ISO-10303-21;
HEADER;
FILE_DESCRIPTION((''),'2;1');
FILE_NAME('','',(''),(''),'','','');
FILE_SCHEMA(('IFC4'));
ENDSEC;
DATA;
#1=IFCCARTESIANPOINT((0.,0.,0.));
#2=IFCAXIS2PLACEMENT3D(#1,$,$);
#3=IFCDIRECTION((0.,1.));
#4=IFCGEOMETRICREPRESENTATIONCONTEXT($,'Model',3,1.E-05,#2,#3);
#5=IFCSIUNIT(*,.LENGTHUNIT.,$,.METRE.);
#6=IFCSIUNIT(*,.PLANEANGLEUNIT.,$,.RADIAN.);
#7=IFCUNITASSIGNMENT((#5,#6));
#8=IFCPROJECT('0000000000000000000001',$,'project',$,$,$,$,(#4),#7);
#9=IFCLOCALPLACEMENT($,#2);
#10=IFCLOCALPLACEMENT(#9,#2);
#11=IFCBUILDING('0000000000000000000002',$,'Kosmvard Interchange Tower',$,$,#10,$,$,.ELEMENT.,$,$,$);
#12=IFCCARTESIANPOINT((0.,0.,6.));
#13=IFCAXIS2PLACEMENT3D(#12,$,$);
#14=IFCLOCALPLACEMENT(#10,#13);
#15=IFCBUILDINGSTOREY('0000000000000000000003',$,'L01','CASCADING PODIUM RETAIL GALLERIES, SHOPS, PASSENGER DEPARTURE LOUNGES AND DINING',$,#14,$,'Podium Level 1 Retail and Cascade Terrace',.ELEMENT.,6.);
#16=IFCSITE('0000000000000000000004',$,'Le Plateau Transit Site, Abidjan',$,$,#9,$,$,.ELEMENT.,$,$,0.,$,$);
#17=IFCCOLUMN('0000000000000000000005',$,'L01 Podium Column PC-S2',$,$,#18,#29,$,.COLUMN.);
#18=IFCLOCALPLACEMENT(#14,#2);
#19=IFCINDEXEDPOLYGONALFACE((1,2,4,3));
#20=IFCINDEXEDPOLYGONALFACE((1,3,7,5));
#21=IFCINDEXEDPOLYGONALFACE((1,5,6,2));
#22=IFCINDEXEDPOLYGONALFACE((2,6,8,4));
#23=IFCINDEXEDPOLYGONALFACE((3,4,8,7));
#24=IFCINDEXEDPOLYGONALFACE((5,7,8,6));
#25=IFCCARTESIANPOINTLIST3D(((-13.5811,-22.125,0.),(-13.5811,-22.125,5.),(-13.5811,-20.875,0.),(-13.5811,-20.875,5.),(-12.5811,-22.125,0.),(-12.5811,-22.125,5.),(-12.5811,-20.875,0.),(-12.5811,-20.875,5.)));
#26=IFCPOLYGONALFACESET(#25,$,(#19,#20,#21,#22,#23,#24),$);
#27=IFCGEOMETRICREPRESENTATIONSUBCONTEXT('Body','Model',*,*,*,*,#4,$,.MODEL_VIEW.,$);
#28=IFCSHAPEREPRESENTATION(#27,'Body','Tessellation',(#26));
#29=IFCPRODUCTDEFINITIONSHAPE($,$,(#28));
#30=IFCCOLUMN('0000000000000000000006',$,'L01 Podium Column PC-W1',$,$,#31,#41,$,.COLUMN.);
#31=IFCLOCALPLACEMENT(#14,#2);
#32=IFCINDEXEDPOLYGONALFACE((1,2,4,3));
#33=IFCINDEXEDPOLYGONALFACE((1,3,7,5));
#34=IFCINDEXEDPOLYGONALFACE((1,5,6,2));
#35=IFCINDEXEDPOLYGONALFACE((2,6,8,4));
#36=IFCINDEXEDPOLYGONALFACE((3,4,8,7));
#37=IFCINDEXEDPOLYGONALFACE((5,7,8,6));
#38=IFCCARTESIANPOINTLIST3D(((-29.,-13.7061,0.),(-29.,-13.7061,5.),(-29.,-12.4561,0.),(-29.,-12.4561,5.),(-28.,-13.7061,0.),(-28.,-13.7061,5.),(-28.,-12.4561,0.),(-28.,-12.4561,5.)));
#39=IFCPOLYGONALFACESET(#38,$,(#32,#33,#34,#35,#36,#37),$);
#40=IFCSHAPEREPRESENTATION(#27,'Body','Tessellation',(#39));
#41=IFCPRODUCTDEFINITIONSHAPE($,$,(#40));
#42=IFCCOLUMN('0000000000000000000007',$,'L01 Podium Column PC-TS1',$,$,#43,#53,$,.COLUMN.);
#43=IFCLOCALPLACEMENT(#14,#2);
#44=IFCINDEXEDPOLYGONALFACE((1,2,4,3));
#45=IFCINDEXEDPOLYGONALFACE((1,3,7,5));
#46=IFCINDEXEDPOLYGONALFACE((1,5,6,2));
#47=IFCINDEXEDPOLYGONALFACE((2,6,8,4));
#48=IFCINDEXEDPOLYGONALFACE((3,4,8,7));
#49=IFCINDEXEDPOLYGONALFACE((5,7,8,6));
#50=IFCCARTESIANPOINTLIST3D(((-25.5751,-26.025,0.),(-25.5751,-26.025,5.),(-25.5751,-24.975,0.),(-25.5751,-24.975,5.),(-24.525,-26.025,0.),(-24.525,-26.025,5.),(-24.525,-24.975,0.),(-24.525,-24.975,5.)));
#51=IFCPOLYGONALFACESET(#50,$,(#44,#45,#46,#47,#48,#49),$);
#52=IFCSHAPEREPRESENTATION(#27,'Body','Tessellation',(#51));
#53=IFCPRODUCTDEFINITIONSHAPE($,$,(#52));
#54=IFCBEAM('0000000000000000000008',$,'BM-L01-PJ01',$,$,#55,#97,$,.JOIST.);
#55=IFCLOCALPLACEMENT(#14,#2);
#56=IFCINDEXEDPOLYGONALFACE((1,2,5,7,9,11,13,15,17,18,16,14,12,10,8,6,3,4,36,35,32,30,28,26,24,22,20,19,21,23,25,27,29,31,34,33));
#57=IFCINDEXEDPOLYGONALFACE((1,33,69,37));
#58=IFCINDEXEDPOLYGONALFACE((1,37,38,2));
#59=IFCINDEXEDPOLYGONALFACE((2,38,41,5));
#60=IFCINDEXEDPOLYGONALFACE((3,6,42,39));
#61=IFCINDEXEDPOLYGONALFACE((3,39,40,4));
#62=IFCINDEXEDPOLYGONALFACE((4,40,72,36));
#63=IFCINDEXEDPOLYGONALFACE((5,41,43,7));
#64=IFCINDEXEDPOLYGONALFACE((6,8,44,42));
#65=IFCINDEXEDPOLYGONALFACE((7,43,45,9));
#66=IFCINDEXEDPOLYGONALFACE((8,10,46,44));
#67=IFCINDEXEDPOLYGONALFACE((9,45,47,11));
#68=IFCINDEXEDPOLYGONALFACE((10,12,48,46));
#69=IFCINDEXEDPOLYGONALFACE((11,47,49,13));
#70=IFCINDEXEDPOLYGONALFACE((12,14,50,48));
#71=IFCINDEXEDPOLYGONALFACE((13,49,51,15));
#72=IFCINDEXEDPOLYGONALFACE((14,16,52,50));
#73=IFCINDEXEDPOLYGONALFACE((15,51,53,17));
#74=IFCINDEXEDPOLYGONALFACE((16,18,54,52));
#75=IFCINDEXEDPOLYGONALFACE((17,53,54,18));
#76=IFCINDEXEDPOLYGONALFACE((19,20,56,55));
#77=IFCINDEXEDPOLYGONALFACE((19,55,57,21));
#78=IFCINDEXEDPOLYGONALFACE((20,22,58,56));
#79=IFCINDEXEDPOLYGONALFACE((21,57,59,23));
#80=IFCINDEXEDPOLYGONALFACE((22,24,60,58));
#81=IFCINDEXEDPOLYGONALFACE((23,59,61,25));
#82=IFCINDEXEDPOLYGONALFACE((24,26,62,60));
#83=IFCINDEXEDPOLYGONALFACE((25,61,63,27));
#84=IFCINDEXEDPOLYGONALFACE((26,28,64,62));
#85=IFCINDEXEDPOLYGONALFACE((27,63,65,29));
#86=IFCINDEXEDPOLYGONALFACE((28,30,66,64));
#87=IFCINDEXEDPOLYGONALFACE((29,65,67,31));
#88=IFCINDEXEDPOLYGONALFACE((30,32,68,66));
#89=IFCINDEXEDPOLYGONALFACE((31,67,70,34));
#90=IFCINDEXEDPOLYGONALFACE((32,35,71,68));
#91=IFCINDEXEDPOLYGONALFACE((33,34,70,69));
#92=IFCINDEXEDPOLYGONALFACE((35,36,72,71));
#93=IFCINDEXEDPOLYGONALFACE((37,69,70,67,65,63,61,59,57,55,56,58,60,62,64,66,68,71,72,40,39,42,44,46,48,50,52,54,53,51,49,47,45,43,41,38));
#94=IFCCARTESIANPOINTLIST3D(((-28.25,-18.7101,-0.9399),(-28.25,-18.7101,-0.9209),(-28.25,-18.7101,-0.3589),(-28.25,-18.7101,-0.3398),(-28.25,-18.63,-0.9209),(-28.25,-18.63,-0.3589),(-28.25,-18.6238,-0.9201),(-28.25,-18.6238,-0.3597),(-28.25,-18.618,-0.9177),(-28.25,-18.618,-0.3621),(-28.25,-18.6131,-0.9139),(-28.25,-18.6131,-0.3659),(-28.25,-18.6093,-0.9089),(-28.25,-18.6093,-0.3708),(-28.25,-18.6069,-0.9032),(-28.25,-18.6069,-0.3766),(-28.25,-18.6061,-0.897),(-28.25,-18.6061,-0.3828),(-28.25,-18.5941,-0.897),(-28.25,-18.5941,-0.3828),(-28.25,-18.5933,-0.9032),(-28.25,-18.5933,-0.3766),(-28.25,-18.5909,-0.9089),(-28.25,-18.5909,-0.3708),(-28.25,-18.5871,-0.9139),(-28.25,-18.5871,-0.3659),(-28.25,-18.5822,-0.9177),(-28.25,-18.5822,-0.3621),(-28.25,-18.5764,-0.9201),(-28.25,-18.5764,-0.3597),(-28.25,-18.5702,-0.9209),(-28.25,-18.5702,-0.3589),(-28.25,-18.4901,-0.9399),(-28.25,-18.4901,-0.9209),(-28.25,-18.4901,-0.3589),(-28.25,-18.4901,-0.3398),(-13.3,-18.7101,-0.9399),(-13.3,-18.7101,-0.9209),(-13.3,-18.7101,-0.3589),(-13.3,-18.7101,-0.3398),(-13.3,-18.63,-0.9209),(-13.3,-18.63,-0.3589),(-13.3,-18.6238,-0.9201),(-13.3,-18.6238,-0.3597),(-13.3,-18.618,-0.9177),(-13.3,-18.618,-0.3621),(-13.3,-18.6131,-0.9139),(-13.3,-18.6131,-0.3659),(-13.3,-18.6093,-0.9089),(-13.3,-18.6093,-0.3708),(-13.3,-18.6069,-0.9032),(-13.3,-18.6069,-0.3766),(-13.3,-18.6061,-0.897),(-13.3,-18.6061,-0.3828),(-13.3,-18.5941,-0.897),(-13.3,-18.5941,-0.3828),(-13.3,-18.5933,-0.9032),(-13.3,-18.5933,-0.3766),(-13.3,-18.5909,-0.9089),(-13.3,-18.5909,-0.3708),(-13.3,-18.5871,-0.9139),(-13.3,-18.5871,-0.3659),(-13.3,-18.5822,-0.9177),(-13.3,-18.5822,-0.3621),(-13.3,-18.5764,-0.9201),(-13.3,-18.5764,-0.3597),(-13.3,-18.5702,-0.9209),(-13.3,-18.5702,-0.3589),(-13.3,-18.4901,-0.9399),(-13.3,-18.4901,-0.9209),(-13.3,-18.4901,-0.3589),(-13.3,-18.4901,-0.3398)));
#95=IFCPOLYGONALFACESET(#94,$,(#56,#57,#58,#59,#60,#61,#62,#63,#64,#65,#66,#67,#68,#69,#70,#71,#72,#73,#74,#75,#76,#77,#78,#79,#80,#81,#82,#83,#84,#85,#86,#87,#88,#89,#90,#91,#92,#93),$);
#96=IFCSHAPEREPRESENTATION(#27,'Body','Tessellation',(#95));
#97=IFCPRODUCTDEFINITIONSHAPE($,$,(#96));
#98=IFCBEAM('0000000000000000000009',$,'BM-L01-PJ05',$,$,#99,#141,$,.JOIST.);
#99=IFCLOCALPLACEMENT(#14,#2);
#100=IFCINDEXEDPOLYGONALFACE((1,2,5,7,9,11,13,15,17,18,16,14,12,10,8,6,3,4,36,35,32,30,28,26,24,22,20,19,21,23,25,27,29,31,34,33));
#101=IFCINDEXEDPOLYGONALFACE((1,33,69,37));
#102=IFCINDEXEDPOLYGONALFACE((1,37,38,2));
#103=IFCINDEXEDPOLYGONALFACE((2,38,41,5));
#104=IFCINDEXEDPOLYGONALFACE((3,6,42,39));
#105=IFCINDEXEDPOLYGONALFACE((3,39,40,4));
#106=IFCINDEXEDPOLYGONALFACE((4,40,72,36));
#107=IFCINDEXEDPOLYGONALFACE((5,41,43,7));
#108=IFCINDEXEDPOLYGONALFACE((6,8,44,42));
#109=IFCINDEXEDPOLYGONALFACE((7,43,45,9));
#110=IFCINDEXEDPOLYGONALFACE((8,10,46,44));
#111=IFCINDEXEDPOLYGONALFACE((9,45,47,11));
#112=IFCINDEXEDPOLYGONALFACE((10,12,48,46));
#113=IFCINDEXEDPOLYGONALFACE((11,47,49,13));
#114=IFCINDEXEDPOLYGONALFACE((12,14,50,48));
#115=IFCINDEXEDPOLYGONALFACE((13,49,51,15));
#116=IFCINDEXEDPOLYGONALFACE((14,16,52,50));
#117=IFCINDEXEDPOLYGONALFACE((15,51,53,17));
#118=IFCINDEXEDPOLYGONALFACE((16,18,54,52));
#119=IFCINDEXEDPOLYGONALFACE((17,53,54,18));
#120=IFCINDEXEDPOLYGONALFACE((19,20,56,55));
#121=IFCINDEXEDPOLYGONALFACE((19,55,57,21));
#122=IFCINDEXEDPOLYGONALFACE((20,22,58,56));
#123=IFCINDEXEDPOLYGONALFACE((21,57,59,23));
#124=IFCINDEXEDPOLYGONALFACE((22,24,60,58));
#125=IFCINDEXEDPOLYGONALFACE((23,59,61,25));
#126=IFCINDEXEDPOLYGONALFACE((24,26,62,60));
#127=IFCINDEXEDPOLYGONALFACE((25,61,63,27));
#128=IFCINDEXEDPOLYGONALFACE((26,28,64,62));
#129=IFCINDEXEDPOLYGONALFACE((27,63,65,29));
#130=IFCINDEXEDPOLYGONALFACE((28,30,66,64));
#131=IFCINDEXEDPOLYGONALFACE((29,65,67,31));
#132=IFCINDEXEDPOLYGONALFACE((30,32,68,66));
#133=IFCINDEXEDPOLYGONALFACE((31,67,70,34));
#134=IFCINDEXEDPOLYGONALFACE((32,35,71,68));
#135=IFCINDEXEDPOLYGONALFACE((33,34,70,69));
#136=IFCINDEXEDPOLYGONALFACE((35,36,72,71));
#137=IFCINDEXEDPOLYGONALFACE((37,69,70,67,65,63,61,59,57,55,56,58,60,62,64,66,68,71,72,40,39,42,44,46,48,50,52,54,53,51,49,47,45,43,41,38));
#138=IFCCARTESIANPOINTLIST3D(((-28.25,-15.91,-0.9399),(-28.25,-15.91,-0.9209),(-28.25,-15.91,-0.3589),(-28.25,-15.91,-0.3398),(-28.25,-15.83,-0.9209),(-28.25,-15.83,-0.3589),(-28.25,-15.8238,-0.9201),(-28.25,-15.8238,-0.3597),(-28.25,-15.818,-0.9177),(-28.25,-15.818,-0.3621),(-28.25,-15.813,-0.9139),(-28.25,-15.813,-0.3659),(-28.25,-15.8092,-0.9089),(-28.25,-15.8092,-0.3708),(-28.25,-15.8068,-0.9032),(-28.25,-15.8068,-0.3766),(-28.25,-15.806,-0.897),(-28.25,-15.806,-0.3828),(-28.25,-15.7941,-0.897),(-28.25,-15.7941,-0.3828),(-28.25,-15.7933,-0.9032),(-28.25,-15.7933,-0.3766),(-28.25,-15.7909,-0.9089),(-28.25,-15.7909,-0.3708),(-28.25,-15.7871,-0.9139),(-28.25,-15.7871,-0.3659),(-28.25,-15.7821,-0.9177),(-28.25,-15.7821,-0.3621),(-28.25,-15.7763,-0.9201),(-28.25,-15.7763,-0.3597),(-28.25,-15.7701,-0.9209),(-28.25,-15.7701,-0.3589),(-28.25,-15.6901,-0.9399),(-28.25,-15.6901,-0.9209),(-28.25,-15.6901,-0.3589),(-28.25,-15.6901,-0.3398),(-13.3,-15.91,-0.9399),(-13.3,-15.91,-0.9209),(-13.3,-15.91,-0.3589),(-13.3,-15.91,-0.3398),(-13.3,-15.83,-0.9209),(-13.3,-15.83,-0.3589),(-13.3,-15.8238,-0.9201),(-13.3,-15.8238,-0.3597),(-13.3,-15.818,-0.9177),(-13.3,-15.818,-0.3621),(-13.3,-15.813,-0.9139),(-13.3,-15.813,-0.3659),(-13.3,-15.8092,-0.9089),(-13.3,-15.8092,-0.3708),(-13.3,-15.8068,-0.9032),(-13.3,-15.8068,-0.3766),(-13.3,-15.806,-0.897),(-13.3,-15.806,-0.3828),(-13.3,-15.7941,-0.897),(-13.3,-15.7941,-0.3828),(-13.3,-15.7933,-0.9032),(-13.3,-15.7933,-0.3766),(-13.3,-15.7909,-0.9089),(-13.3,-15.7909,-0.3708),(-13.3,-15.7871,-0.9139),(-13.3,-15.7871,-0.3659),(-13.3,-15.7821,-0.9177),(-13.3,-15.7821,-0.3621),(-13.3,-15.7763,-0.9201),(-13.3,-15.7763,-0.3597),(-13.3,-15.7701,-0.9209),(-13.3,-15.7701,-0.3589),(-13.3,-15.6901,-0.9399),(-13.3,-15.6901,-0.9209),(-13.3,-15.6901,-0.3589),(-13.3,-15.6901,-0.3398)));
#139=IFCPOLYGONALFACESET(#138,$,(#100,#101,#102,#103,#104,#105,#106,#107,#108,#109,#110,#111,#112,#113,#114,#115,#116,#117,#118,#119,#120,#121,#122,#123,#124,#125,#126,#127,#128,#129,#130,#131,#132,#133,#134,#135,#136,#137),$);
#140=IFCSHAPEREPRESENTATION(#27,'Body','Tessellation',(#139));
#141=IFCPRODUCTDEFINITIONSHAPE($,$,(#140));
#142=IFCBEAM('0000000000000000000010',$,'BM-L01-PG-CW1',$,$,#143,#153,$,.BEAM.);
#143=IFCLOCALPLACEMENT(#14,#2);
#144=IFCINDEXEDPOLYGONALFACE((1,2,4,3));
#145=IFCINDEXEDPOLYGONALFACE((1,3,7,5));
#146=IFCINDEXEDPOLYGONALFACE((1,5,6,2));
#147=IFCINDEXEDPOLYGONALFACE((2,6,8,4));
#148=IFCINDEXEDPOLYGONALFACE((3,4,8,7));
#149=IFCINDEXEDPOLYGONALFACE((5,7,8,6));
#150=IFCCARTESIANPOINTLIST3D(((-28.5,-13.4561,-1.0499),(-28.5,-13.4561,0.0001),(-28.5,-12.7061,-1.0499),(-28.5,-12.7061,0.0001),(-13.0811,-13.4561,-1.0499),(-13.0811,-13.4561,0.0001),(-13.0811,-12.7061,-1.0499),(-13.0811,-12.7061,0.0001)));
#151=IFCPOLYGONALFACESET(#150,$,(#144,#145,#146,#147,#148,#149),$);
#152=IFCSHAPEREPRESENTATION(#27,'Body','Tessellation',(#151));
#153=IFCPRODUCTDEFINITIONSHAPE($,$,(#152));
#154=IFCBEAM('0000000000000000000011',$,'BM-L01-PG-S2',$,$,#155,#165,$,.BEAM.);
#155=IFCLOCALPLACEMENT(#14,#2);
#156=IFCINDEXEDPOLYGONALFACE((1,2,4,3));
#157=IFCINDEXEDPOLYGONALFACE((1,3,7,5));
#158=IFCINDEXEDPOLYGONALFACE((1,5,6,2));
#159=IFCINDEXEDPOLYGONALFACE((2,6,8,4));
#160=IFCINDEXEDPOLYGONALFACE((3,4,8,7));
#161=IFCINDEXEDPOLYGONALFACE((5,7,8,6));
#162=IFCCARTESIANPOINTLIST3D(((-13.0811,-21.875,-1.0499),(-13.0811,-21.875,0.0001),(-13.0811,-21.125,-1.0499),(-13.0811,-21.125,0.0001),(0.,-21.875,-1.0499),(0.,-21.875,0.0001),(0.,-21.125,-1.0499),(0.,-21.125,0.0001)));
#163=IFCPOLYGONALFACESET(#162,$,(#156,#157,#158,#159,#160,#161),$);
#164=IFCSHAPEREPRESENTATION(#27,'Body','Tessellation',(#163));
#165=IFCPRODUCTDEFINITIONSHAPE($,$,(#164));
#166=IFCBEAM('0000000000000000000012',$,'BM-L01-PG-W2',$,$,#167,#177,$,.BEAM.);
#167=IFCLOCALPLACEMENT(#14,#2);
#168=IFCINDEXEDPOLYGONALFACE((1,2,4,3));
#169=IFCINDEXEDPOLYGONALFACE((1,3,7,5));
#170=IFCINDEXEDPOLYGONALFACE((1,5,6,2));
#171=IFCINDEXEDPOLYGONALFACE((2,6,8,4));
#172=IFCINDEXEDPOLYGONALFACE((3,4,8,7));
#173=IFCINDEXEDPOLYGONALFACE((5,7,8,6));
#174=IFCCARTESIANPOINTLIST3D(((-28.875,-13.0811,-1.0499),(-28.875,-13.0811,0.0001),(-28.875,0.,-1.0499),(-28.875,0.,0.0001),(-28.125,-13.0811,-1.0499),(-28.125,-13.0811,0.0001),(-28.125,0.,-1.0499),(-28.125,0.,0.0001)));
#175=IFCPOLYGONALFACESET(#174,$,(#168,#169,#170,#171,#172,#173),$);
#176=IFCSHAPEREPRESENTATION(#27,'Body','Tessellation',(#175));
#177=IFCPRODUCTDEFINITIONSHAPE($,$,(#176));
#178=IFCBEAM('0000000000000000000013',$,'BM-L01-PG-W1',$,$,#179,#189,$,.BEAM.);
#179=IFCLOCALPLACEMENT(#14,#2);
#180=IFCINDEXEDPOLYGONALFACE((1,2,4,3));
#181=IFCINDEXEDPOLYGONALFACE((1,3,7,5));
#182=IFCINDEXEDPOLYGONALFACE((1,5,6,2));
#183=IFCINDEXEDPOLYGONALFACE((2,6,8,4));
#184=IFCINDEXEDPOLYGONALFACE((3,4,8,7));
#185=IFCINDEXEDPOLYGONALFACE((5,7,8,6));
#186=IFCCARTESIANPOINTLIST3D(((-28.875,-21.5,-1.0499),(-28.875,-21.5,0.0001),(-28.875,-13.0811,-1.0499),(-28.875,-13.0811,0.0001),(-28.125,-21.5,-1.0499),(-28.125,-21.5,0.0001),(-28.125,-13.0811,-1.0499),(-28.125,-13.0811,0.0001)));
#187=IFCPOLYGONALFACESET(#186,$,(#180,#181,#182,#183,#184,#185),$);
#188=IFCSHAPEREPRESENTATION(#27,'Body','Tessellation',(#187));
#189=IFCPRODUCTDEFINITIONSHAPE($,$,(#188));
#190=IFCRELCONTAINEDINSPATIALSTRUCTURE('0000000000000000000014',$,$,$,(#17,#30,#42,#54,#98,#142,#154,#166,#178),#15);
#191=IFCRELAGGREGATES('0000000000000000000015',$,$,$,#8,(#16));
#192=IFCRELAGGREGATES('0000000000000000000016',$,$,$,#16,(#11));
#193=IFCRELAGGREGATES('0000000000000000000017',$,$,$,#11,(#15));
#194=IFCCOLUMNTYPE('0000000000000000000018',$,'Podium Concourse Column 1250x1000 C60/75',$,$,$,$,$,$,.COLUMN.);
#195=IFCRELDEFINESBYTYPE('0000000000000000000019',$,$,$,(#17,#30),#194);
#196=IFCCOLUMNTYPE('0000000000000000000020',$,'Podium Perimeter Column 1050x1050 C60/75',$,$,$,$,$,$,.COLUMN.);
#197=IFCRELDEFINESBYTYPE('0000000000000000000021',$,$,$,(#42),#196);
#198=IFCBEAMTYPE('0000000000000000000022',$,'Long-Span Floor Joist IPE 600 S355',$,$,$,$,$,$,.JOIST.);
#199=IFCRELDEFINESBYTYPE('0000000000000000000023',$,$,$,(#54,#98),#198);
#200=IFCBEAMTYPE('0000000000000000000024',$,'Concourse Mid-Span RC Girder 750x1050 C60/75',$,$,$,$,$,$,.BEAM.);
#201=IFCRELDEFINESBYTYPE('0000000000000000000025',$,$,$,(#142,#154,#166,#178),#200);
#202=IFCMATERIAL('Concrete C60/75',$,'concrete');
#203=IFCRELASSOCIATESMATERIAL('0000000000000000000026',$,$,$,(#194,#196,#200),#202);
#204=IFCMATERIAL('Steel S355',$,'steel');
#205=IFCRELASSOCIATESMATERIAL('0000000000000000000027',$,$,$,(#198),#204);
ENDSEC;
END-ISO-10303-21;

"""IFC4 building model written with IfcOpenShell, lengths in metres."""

from ifc_helpers import new_model, si_unit, direction, frame, origin, origin_2d, place, context, subcontext, project, spatial, rectangle, i_section, extrude, source, transform, mapped, material, material_profile, profile_set, type_object, element, save


model = new_model("IFC4")

# Units and contexts
model_context = context("Model", 3, precision=1e-05, world=origin(), true_north=direction((0.0, 1.0)))
body_context = subcontext(model_context, "Body", "Model", "MODEL_VIEW")
ifc_project = project(units=[si_unit("LENGTHUNIT", "METRE"), si_unit("PLANEANGLEUNIT", "RADIAN")], contexts=[model_context])

# Site, building, storey
site_placement = place(None, origin())
site = spatial("IfcSite", under=ifc_project, at=site_placement, Name="Le Plateau Transit Site, Abidjan", CompositionType="ELEMENT", RefElevation=0.0)
building_placement = place(site_placement, origin())
building = spatial("IfcBuilding", under=site, at=building_placement, Name="Kosmvard Interchange Tower", CompositionType="ELEMENT")
storey_placement = place(building_placement, frame((0.0, 0.0, 6.0)))
storey = spatial("IfcBuildingStorey", under=building, at=storey_placement, Name="L01", Description="CASCADING PODIUM RETAIL GALLERIES, SHOPS, PASSENGER DEPARTURE LOUNGES AND DINING", LongName="Podium Level 1 Retail and Cascade Terrace", CompositionType="ELEMENT", Elevation=6.0)

# Columns
ifc_material_1 = material(Name="Concrete C60/75", Category="concrete")
ifc_material_profile_1 = material_profile(ifc_material_1, rectangle(XDim=1.0, YDim=1.25, at=origin_2d()), Name="PC 1250x1000")
ifc_profile_set_1 = profile_set([ifc_material_profile_1], Name="Concrete C60/75")
column_type_1 = type_object("IfcColumnType", Name="Podium Concourse Column 1250x1000 C60/75", PredefinedType="COLUMN", material=ifc_profile_set_1)
shared_shape_1 = source(origin(), body_context, "Body", "SweptSolid", [
    extrude(rectangle(XDim=1.0, YDim=1.25, at=origin_2d()), origin(), (0.0, 0.0, 1.0), 5.0),
])
for number, where, z_axis, x_axis, name in (
    (1, (-13.0811, -21.5, 0.0), (0.0, 0.0, 1.0), (1.0, 0.0, 0.0), "L01 Podium Column PC-S2"),
    (2, (-28.5, -13.0811, 0.0), (0.0, 0.0, 1.0), (1.0, 0.0, 0.0), "L01 Podium Column PC-W1"),
):
    element("IfcColumn", number, at=place(storey_placement, frame(where, z_axis=z_axis, x_axis=x_axis)), inside=storey, type_object=column_type_1, Name=name, PredefinedType="COLUMN", context=body_context, shape_type="MappedRepresentation", body=[
        mapped(shared_shape_1, transform((0.0, 0.0, 0.0), scale=1.0)),
    ])
ifc_material_profile_2 = material_profile(ifc_material_1, rectangle(XDim=1.05, YDim=1.05, at=origin_2d()), Name="PC 1050x1050")
ifc_profile_set_2 = profile_set([ifc_material_profile_2], Name="Concrete C60/75")
column_type_2 = type_object("IfcColumnType", Name="Podium Perimeter Column 1050x1050 C60/75", PredefinedType="COLUMN", material=ifc_profile_set_2)
shared_shape_2 = source(origin(), body_context, "Body", "SweptSolid", [
    extrude(rectangle(XDim=1.05, YDim=1.05, at=origin_2d()), origin(), (0.0, 0.0, 1.0), 5.0),
])
column_placement = place(storey_placement, frame((-25.05, -25.5, 0.0), z_axis=(0.0, 0.0, 1.0), x_axis=(1.0, 0.0, 0.0)))
element("IfcColumn", 3, at=column_placement, inside=storey, type_object=column_type_2, Name="L01 Podium Column PC-TS1", PredefinedType="COLUMN", context=body_context, shape_type="MappedRepresentation", body=[
    mapped(shared_shape_2, transform((0.0, 0.0, 0.0), scale=1.0)),
])

# Beams
ifc_material_2 = material(Name="Steel S355", Category="steel")
ifc_material_profile_3 = material_profile(ifc_material_2, i_section(OverallWidth=0.22, OverallDepth=0.6001, WebThickness=0.012, FlangeThickness=0.019, FilletRadius=0.0239, at=origin_2d()), Name="IPE 600")
ifc_profile_set_3 = profile_set([ifc_material_profile_3], Name="Steel S355")
beam_type_1 = type_object("IfcBeamType", Name="Long-Span Floor Joist IPE 600 S355", PredefinedType="JOIST", material=ifc_profile_set_3)
shared_shape_3 = source(origin(), body_context, "Body", "SweptSolid", [
    extrude(i_section(OverallWidth=0.22, OverallDepth=0.6001, WebThickness=0.012, FlangeThickness=0.019, FilletRadius=0.0239, at=origin_2d()), origin(), (0.0, 0.0, 1.0), 14.95),
])
for number, where, z_axis, x_axis, name in (
    (4, (-28.25, -18.6001, -0.6399), (1.0, 0.0, 0.0), (0.0, 1.0, 0.0), "BM-L01-PJ01"),
    (5, (-28.25, -15.8, -0.6399), (1.0, 0.0, 0.0), (0.0, 1.0, 0.0), "BM-L01-PJ05"),
):
    element("IfcBeam", number, at=place(storey_placement, frame(where, z_axis=z_axis, x_axis=x_axis)), inside=storey, type_object=beam_type_1, Name=name, PredefinedType="JOIST", context=body_context, shape_type="MappedRepresentation", body=[
        mapped(shared_shape_3, transform((0.0, 0.0, 0.0), scale=1.0)),
    ])
ifc_material_profile_4 = material_profile(ifc_material_1, rectangle(XDim=0.75, YDim=1.05, at=origin_2d()), Name="RCG 750x1050")
ifc_profile_set_4 = profile_set([ifc_material_profile_4], Name="Concrete C60/75")
beam_type_2 = type_object("IfcBeamType", Name="Concourse Mid-Span RC Girder 750x1050 C60/75", PredefinedType="BEAM", material=ifc_profile_set_4)
shared_shape_4 = source(origin(), body_context, "Body", "SweptSolid", [
    extrude(rectangle(XDim=0.75, YDim=1.05, at=origin_2d()), origin(), (0.0, 0.0, 1.0), 15.4189),
])
beam_1_placement = place(storey_placement, frame((-28.5, -13.0811, -0.5249), z_axis=(1.0, 0.0, 0.0), x_axis=(0.0, 1.0, 0.0)))
element("IfcBeam", 6, at=beam_1_placement, inside=storey, type_object=beam_type_2, Name="BM-L01-PG-CW1", PredefinedType="BEAM", context=body_context, shape_type="MappedRepresentation", body=[
    mapped(shared_shape_4, transform((0.0, 0.0, 0.0), scale=1.0)),
])
shared_shape_5 = source(origin(), body_context, "Body", "SweptSolid", [
    extrude(rectangle(XDim=0.75, YDim=1.05, at=origin_2d()), origin(), (0.0, 0.0, 1.0), 13.0811),
])
for number, where, z_axis, x_axis, name in (
    (7, (-13.0811, -21.5, -0.5249), (1.0, 0.0, 0.0), (0.0, 1.0, 0.0), "BM-L01-PG-S2"),
    (8, (-28.5, -13.0811, -0.5249), (0.0, 1.0, 0.0), (-1.0, 0.0, 0.0), "BM-L01-PG-W2"),
):
    element("IfcBeam", number, at=place(storey_placement, frame(where, z_axis=z_axis, x_axis=x_axis)), inside=storey, type_object=beam_type_2, Name=name, PredefinedType="BEAM", context=body_context, shape_type="MappedRepresentation", body=[
        mapped(shared_shape_5, transform((0.0, 0.0, 0.0), scale=1.0)),
    ])
shared_shape_6 = source(origin(), body_context, "Body", "SweptSolid", [
    extrude(rectangle(XDim=0.75, YDim=1.05, at=origin_2d()), origin(), (0.0, 0.0, 1.0), 8.4189),
])
beam_2_placement = place(storey_placement, frame((-28.5, -21.5, -0.5249), z_axis=(0.0, 1.0, 0.0), x_axis=(-1.0, 0.0, 0.0)))
element("IfcBeam", 9, at=beam_2_placement, inside=storey, type_object=beam_type_2, Name="BM-L01-PG-W1", PredefinedType="BEAM", context=body_context, shape_type="MappedRepresentation", body=[
    mapped(shared_shape_6, transform((0.0, 0.0, 0.0), scale=1.0)),
])

save(model, "model.ifc")
